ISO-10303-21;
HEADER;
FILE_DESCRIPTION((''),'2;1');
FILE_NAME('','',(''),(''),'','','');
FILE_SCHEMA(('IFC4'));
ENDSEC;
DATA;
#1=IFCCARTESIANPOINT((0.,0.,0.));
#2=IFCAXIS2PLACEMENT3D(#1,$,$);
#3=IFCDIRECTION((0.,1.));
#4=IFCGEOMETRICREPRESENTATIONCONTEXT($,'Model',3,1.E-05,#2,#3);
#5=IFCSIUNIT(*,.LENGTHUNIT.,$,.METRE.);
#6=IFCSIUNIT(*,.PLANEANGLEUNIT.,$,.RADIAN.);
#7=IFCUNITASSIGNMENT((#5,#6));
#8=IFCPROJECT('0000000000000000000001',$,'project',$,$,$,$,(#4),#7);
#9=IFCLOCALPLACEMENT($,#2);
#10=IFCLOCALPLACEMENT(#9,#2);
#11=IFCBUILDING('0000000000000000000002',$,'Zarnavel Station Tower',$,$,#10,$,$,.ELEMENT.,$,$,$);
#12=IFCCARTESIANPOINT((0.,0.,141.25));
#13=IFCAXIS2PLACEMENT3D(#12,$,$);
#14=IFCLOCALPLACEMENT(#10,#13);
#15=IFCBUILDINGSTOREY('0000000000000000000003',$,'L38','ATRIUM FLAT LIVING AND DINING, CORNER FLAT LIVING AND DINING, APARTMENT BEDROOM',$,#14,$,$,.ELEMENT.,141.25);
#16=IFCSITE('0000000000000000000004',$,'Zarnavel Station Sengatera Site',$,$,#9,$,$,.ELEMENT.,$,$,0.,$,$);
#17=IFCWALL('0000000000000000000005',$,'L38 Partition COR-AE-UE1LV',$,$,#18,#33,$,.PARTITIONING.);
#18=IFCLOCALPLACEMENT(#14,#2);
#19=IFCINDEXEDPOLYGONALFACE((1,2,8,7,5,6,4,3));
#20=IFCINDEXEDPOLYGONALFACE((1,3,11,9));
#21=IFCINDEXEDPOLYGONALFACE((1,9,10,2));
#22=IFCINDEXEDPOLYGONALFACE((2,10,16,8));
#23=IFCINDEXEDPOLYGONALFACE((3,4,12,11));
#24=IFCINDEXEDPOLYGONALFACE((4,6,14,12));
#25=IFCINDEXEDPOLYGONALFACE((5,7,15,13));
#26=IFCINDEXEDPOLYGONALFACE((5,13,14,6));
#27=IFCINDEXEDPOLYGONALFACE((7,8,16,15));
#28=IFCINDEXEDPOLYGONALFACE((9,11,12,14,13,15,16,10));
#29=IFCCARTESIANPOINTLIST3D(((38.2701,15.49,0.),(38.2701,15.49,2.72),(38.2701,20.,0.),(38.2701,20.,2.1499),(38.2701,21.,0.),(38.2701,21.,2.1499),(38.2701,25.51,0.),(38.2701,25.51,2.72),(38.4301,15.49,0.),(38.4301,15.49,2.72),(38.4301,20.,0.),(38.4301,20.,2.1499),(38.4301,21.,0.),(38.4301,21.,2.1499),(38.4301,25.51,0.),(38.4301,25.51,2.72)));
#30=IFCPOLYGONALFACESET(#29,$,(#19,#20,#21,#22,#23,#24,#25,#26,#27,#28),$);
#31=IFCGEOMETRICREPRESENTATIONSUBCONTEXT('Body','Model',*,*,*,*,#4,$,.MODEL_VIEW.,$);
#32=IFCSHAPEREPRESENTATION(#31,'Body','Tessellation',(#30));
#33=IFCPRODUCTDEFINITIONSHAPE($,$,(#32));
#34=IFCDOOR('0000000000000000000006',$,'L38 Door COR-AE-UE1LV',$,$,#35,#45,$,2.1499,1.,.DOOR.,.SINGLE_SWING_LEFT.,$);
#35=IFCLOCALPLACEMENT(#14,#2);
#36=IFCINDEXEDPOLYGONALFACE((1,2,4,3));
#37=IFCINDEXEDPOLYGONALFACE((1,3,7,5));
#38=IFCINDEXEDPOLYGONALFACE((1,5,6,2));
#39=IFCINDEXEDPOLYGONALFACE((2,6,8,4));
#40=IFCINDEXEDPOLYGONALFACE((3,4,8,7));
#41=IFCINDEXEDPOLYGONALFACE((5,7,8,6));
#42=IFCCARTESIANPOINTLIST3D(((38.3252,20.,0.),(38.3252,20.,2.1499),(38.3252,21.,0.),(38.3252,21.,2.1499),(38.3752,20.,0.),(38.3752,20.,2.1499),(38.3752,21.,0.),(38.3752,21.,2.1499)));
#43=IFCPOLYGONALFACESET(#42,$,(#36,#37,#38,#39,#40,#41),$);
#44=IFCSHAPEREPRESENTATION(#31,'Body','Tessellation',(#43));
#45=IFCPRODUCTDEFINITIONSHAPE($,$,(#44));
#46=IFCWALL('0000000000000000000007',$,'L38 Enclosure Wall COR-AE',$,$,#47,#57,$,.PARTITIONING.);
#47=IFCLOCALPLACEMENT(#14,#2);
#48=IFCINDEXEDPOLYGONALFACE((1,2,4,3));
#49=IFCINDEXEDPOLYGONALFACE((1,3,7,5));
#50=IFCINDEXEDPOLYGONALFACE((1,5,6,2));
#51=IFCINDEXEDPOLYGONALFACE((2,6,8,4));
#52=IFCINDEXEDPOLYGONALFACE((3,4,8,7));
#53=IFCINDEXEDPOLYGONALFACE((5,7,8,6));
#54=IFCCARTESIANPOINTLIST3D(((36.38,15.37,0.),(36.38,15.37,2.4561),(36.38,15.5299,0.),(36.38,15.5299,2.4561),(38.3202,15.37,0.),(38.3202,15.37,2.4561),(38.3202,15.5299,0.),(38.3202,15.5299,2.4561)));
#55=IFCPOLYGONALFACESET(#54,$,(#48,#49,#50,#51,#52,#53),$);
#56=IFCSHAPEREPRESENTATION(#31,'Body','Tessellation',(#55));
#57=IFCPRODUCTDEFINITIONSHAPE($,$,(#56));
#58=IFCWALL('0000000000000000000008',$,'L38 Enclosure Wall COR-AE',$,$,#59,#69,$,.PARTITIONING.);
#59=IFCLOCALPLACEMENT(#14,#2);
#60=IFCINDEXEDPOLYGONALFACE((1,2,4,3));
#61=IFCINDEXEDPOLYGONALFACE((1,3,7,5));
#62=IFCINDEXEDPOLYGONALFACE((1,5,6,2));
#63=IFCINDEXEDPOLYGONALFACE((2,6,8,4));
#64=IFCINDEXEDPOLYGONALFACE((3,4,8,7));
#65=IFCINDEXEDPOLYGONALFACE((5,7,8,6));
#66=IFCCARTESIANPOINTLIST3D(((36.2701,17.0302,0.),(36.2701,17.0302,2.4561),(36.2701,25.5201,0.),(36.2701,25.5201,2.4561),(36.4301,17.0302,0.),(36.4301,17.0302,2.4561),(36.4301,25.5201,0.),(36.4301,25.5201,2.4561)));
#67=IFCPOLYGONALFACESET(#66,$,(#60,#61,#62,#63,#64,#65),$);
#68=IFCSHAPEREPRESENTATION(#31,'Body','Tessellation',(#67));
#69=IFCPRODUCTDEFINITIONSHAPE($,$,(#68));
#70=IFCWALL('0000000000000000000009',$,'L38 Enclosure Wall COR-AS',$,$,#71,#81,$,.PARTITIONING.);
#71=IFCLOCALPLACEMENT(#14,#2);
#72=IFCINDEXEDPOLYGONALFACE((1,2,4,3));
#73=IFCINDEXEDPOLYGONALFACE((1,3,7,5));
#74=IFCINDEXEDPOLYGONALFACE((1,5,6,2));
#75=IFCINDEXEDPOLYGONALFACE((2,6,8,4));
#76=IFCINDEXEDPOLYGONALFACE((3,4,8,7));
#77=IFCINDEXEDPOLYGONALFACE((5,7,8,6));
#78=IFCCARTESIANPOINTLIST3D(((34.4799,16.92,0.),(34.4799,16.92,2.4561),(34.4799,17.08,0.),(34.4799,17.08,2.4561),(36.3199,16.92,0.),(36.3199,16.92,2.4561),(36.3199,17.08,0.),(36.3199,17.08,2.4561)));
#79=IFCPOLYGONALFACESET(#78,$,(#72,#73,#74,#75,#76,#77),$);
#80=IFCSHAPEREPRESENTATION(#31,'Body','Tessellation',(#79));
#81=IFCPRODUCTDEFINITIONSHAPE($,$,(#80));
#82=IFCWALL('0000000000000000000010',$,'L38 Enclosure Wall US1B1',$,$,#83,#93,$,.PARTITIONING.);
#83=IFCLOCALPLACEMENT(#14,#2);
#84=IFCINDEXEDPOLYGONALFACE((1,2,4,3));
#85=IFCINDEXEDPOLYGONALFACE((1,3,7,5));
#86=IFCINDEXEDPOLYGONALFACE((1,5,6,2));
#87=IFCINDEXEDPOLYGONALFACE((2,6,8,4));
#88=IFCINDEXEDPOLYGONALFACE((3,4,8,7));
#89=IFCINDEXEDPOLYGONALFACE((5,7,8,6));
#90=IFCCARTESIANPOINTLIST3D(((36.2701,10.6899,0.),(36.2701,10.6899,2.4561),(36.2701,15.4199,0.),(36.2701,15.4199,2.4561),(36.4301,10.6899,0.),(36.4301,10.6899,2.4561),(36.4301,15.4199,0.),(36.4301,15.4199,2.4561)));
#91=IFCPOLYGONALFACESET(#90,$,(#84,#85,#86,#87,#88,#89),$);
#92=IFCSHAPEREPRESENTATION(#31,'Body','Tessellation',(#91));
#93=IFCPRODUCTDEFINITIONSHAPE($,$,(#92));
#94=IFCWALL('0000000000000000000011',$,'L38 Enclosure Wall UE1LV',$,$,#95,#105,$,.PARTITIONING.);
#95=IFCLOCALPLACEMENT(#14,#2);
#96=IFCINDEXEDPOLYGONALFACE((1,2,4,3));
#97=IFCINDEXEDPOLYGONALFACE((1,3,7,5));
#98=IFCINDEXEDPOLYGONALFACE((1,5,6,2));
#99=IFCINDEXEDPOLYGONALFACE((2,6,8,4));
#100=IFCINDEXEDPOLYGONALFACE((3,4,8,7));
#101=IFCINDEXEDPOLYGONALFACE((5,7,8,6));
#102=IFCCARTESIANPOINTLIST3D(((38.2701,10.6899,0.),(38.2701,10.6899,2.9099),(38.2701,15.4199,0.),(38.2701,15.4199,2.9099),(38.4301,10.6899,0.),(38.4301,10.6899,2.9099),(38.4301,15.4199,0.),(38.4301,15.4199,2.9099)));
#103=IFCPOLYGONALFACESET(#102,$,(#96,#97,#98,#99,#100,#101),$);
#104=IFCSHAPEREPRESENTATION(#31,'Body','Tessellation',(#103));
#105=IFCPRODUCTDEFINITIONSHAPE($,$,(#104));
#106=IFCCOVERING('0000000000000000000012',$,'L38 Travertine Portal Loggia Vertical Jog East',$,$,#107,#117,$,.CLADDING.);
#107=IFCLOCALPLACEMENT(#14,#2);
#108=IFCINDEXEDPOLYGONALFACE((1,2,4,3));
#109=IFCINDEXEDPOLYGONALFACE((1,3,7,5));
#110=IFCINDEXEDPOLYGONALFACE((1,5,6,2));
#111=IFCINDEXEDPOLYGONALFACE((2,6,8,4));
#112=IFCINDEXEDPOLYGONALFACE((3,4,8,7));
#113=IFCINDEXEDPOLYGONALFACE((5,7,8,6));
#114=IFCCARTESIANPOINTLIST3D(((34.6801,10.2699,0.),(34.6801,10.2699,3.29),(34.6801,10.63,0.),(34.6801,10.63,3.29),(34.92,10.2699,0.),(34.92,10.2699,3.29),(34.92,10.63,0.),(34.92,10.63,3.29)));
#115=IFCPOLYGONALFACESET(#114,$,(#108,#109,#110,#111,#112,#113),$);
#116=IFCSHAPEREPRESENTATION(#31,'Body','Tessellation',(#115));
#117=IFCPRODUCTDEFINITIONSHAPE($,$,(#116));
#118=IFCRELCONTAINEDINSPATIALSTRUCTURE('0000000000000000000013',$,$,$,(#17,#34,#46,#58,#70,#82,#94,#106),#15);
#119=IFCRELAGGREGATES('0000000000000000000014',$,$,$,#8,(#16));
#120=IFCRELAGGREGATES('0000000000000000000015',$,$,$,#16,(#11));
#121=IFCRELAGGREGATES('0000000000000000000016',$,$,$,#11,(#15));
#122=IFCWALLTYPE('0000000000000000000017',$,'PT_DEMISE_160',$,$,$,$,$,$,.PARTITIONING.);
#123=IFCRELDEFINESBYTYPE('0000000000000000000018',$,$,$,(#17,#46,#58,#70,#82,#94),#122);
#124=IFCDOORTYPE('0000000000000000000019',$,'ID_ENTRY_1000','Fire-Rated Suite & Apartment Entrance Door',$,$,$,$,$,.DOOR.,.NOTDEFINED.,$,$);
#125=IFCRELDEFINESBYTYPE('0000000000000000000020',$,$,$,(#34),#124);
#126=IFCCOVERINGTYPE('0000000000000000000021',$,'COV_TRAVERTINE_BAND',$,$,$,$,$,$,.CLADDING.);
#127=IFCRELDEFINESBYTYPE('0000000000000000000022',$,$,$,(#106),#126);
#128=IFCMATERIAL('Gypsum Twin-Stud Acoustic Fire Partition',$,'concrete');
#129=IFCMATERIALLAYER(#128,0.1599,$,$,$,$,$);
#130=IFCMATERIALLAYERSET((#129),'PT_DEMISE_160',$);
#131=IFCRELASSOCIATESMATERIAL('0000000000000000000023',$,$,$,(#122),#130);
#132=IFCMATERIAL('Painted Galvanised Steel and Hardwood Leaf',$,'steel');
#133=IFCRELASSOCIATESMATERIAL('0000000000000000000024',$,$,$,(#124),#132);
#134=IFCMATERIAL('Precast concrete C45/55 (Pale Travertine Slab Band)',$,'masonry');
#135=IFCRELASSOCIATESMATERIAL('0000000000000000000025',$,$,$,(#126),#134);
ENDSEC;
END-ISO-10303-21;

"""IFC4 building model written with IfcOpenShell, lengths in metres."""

from ifc_helpers import new_model, si_unit, direction, frame, frame_2d, origin, origin_2d, place, context, subcontext, project, spatial, rectangle, extrude, material, layer, layer_set, type_object, element, fill, save


model = new_model("IFC4")

# Units and contexts
model_context = context("Model", 3, precision=1e-05, world=origin(), true_north=direction((0.0, 1.0)))
body_context = subcontext(model_context, "Body", "Model", "MODEL_VIEW")
ifc_project = project(units=[si_unit("LENGTHUNIT", "METRE"), si_unit("PLANEANGLEUNIT", "RADIAN")], contexts=[model_context])

# Site, building, storey
site_placement = place(None, origin())
site = spatial("IfcSite", under=ifc_project, at=site_placement, Name="Zarnavel Station Sengatera Site", CompositionType="ELEMENT", RefElevation=0.0)
building_placement = place(site_placement, origin())
building = spatial("IfcBuilding", under=site, at=building_placement, Name="Zarnavel Station Tower", CompositionType="ELEMENT")
storey_placement = place(building_placement, frame((0.0, 0.0, 141.25)))
storey = spatial("IfcBuildingStorey", under=building, at=storey_placement, Name="L38", Description="ATRIUM FLAT LIVING AND DINING, CORNER FLAT LIVING AND DINING, APARTMENT BEDROOM", CompositionType="ELEMENT", Elevation=141.25)

# Wall, opening, door
ifc_material_1 = material(Name="Gypsum Twin-Stud Acoustic Fire Partition", Category="concrete")
ifc_layer_1 = layer(ifc_material_1, 0.1599)
ifc_layer_set_1 = layer_set([ifc_layer_1], Name="PT_DEMISE_160")
wall_type = type_object("IfcWallType", Name="PT_DEMISE_160", PredefinedType="PARTITIONING", material=ifc_layer_set_1)
wall_1_placement = place(storey_placement, frame((38.3501, 15.49, 0.0), z_axis=(0.0, 0.0, 1.0), x_axis=(0.0, 1.0, 0.0)))
wall_1 = element("IfcWall", 1, at=wall_1_placement, inside=storey, type_object=wall_type, Name="L38 Partition COR-AE-UE1LV", PredefinedType="PARTITIONING", context=body_context, shape_type="SweptSolid", body=[
    extrude(rectangle(XDim=10.02, YDim=0.1599, at=frame_2d((5.01, 0.0))), origin(), (0.0, 0.0, 1.0), 2.72),
])
opening_placement = place(wall_1_placement, frame((4.51, 0.0, 0.0)))
opening = element("IfcOpeningElement", 2, at=opening_placement, cuts=wall_1, PredefinedType="OPENING", context=body_context, shape_type="SweptSolid", body=[
    extrude(rectangle(XDim=1.0, YDim=2.1499, at=frame_2d((0.5, 1.075))), frame((0.0, 0.0898, 0.0), z_axis=(0.0, -1.0, 0.0), x_axis=(1.0, 0.0, 0.0)), (0.0, 0.0, 1.0), 0.1799),
])
ifc_material_2 = material(Name="Painted Galvanised Steel and Hardwood Leaf", Category="steel")
door_type = type_object("IfcDoorType", Name="ID_ENTRY_1000", Description="Fire-Rated Suite & Apartment Entrance Door", OperationType="NOTDEFINED", PredefinedType="DOOR", material=ifc_material_2)
door_placement = place(opening_placement, origin())
door = element("IfcDoor", 3, at=door_placement, inside=storey, type_object=door_type, Name="L38 Door COR-AE-UE1LV", OperationType="SINGLE_SWING_LEFT", OverallHeight=2.1499, OverallWidth=1.0, PredefinedType="DOOR", context=body_context, shape_type="SweptSolid", body=[
    extrude(rectangle(XDim=1.0, YDim=2.1499, at=frame_2d((0.5, 1.075))), frame((0.0, 0.0249, 0.0), z_axis=(0.0, -1.0, 0.0), x_axis=(1.0, 0.0, 0.0)), (0.0, 0.0, 1.0), 0.05),
])
fill(opening, door)

# Walls
wall_2_placement = place(storey_placement, frame((36.3799, 15.45, 0.0), z_axis=(0.0, 0.0, 1.0), x_axis=(1.0, 0.0, 0.0)))
element("IfcWall", 4, at=wall_2_placement, inside=storey, type_object=wall_type, Name="L38 Enclosure Wall COR-AE", PredefinedType="PARTITIONING", context=body_context, shape_type="SweptSolid", body=[
    extrude(rectangle(XDim=1.9402, YDim=0.1599, at=frame_2d((0.9702, 0.0))), origin(), (0.0, 0.0, 1.0), 2.4561),
])
wall_3_placement = place(storey_placement, frame((36.3501, 17.03, 0.0), z_axis=(0.0, 0.0, 1.0), x_axis=(0.0, 1.0, 0.0)))
element("IfcWall", 5, at=wall_3_placement, inside=storey, type_object=wall_type, Name="L38 Enclosure Wall COR-AE", PredefinedType="PARTITIONING", context=body_context, shape_type="SweptSolid", body=[
    extrude(rectangle(XDim=8.49, YDim=0.1599, at=frame_2d((4.2451, 0.0))), origin(), (0.0, 0.0, 1.0), 2.4561),
])
wall_4_placement = place(storey_placement, frame((34.48, 17.0, 0.0), z_axis=(0.0, 0.0, 1.0), x_axis=(1.0, 0.0, 0.0)))
element("IfcWall", 6, at=wall_4_placement, inside=storey, type_object=wall_type, Name="L38 Enclosure Wall COR-AS", PredefinedType="PARTITIONING", context=body_context, shape_type="SweptSolid", body=[
    extrude(rectangle(XDim=1.8401, YDim=0.1599, at=frame_2d((0.9199, 0.0))), origin(), (0.0, 0.0, 1.0), 2.4561),
])
wall_5_placement = place(storey_placement, frame((36.3501, 10.6899, 0.0), z_axis=(0.0, 0.0, 1.0), x_axis=(0.0, 1.0, 0.0)))
element("IfcWall", 7, at=wall_5_placement, inside=storey, type_object=wall_type, Name="L38 Enclosure Wall US1B1", PredefinedType="PARTITIONING", context=body_context, shape_type="SweptSolid", body=[
    extrude(rectangle(XDim=4.73, YDim=0.1599, at=frame_2d((2.365, 0.0))), origin(), (0.0, 0.0, 1.0), 2.4561),
])
wall_6_placement = place(storey_placement, frame((38.3501, 10.6899, 0.0), z_axis=(0.0, 0.0, 1.0), x_axis=(0.0, 1.0, 0.0)))
element("IfcWall", 8, at=wall_6_placement, inside=storey, type_object=wall_type, Name="L38 Enclosure Wall UE1LV", PredefinedType="PARTITIONING", context=body_context, shape_type="SweptSolid", body=[
    extrude(rectangle(XDim=4.73, YDim=0.1599, at=frame_2d((2.365, 0.0))), origin(), (0.0, 0.0, 1.0), 2.9099),
])

# Covering
ifc_material_3 = material(Name="Precast concrete C45/55 (Pale Travertine Slab Band)", Category="masonry")
covering_type = type_object("IfcCoveringType", Name="COV_TRAVERTINE_BAND", PredefinedType="CLADDING", material=ifc_material_3)
covering_placement = place(storey_placement, frame((34.8, 10.45, 0.0), z_axis=(0.0, 0.0, 1.0), x_axis=(1.0, 0.0, 0.0)))
element("IfcCovering", 9, at=covering_placement, inside=storey, type_object=covering_type, Name="L38 Travertine Portal Loggia Vertical Jog East", PredefinedType="CLADDING", context=body_context, shape_type="SweptSolid", body=[
    extrude(rectangle(XDim=0.24, YDim=0.3601, at=origin_2d()), origin(), (0.0, 0.0, 1.0), 3.29),
])

save(model, "model.ifc")
